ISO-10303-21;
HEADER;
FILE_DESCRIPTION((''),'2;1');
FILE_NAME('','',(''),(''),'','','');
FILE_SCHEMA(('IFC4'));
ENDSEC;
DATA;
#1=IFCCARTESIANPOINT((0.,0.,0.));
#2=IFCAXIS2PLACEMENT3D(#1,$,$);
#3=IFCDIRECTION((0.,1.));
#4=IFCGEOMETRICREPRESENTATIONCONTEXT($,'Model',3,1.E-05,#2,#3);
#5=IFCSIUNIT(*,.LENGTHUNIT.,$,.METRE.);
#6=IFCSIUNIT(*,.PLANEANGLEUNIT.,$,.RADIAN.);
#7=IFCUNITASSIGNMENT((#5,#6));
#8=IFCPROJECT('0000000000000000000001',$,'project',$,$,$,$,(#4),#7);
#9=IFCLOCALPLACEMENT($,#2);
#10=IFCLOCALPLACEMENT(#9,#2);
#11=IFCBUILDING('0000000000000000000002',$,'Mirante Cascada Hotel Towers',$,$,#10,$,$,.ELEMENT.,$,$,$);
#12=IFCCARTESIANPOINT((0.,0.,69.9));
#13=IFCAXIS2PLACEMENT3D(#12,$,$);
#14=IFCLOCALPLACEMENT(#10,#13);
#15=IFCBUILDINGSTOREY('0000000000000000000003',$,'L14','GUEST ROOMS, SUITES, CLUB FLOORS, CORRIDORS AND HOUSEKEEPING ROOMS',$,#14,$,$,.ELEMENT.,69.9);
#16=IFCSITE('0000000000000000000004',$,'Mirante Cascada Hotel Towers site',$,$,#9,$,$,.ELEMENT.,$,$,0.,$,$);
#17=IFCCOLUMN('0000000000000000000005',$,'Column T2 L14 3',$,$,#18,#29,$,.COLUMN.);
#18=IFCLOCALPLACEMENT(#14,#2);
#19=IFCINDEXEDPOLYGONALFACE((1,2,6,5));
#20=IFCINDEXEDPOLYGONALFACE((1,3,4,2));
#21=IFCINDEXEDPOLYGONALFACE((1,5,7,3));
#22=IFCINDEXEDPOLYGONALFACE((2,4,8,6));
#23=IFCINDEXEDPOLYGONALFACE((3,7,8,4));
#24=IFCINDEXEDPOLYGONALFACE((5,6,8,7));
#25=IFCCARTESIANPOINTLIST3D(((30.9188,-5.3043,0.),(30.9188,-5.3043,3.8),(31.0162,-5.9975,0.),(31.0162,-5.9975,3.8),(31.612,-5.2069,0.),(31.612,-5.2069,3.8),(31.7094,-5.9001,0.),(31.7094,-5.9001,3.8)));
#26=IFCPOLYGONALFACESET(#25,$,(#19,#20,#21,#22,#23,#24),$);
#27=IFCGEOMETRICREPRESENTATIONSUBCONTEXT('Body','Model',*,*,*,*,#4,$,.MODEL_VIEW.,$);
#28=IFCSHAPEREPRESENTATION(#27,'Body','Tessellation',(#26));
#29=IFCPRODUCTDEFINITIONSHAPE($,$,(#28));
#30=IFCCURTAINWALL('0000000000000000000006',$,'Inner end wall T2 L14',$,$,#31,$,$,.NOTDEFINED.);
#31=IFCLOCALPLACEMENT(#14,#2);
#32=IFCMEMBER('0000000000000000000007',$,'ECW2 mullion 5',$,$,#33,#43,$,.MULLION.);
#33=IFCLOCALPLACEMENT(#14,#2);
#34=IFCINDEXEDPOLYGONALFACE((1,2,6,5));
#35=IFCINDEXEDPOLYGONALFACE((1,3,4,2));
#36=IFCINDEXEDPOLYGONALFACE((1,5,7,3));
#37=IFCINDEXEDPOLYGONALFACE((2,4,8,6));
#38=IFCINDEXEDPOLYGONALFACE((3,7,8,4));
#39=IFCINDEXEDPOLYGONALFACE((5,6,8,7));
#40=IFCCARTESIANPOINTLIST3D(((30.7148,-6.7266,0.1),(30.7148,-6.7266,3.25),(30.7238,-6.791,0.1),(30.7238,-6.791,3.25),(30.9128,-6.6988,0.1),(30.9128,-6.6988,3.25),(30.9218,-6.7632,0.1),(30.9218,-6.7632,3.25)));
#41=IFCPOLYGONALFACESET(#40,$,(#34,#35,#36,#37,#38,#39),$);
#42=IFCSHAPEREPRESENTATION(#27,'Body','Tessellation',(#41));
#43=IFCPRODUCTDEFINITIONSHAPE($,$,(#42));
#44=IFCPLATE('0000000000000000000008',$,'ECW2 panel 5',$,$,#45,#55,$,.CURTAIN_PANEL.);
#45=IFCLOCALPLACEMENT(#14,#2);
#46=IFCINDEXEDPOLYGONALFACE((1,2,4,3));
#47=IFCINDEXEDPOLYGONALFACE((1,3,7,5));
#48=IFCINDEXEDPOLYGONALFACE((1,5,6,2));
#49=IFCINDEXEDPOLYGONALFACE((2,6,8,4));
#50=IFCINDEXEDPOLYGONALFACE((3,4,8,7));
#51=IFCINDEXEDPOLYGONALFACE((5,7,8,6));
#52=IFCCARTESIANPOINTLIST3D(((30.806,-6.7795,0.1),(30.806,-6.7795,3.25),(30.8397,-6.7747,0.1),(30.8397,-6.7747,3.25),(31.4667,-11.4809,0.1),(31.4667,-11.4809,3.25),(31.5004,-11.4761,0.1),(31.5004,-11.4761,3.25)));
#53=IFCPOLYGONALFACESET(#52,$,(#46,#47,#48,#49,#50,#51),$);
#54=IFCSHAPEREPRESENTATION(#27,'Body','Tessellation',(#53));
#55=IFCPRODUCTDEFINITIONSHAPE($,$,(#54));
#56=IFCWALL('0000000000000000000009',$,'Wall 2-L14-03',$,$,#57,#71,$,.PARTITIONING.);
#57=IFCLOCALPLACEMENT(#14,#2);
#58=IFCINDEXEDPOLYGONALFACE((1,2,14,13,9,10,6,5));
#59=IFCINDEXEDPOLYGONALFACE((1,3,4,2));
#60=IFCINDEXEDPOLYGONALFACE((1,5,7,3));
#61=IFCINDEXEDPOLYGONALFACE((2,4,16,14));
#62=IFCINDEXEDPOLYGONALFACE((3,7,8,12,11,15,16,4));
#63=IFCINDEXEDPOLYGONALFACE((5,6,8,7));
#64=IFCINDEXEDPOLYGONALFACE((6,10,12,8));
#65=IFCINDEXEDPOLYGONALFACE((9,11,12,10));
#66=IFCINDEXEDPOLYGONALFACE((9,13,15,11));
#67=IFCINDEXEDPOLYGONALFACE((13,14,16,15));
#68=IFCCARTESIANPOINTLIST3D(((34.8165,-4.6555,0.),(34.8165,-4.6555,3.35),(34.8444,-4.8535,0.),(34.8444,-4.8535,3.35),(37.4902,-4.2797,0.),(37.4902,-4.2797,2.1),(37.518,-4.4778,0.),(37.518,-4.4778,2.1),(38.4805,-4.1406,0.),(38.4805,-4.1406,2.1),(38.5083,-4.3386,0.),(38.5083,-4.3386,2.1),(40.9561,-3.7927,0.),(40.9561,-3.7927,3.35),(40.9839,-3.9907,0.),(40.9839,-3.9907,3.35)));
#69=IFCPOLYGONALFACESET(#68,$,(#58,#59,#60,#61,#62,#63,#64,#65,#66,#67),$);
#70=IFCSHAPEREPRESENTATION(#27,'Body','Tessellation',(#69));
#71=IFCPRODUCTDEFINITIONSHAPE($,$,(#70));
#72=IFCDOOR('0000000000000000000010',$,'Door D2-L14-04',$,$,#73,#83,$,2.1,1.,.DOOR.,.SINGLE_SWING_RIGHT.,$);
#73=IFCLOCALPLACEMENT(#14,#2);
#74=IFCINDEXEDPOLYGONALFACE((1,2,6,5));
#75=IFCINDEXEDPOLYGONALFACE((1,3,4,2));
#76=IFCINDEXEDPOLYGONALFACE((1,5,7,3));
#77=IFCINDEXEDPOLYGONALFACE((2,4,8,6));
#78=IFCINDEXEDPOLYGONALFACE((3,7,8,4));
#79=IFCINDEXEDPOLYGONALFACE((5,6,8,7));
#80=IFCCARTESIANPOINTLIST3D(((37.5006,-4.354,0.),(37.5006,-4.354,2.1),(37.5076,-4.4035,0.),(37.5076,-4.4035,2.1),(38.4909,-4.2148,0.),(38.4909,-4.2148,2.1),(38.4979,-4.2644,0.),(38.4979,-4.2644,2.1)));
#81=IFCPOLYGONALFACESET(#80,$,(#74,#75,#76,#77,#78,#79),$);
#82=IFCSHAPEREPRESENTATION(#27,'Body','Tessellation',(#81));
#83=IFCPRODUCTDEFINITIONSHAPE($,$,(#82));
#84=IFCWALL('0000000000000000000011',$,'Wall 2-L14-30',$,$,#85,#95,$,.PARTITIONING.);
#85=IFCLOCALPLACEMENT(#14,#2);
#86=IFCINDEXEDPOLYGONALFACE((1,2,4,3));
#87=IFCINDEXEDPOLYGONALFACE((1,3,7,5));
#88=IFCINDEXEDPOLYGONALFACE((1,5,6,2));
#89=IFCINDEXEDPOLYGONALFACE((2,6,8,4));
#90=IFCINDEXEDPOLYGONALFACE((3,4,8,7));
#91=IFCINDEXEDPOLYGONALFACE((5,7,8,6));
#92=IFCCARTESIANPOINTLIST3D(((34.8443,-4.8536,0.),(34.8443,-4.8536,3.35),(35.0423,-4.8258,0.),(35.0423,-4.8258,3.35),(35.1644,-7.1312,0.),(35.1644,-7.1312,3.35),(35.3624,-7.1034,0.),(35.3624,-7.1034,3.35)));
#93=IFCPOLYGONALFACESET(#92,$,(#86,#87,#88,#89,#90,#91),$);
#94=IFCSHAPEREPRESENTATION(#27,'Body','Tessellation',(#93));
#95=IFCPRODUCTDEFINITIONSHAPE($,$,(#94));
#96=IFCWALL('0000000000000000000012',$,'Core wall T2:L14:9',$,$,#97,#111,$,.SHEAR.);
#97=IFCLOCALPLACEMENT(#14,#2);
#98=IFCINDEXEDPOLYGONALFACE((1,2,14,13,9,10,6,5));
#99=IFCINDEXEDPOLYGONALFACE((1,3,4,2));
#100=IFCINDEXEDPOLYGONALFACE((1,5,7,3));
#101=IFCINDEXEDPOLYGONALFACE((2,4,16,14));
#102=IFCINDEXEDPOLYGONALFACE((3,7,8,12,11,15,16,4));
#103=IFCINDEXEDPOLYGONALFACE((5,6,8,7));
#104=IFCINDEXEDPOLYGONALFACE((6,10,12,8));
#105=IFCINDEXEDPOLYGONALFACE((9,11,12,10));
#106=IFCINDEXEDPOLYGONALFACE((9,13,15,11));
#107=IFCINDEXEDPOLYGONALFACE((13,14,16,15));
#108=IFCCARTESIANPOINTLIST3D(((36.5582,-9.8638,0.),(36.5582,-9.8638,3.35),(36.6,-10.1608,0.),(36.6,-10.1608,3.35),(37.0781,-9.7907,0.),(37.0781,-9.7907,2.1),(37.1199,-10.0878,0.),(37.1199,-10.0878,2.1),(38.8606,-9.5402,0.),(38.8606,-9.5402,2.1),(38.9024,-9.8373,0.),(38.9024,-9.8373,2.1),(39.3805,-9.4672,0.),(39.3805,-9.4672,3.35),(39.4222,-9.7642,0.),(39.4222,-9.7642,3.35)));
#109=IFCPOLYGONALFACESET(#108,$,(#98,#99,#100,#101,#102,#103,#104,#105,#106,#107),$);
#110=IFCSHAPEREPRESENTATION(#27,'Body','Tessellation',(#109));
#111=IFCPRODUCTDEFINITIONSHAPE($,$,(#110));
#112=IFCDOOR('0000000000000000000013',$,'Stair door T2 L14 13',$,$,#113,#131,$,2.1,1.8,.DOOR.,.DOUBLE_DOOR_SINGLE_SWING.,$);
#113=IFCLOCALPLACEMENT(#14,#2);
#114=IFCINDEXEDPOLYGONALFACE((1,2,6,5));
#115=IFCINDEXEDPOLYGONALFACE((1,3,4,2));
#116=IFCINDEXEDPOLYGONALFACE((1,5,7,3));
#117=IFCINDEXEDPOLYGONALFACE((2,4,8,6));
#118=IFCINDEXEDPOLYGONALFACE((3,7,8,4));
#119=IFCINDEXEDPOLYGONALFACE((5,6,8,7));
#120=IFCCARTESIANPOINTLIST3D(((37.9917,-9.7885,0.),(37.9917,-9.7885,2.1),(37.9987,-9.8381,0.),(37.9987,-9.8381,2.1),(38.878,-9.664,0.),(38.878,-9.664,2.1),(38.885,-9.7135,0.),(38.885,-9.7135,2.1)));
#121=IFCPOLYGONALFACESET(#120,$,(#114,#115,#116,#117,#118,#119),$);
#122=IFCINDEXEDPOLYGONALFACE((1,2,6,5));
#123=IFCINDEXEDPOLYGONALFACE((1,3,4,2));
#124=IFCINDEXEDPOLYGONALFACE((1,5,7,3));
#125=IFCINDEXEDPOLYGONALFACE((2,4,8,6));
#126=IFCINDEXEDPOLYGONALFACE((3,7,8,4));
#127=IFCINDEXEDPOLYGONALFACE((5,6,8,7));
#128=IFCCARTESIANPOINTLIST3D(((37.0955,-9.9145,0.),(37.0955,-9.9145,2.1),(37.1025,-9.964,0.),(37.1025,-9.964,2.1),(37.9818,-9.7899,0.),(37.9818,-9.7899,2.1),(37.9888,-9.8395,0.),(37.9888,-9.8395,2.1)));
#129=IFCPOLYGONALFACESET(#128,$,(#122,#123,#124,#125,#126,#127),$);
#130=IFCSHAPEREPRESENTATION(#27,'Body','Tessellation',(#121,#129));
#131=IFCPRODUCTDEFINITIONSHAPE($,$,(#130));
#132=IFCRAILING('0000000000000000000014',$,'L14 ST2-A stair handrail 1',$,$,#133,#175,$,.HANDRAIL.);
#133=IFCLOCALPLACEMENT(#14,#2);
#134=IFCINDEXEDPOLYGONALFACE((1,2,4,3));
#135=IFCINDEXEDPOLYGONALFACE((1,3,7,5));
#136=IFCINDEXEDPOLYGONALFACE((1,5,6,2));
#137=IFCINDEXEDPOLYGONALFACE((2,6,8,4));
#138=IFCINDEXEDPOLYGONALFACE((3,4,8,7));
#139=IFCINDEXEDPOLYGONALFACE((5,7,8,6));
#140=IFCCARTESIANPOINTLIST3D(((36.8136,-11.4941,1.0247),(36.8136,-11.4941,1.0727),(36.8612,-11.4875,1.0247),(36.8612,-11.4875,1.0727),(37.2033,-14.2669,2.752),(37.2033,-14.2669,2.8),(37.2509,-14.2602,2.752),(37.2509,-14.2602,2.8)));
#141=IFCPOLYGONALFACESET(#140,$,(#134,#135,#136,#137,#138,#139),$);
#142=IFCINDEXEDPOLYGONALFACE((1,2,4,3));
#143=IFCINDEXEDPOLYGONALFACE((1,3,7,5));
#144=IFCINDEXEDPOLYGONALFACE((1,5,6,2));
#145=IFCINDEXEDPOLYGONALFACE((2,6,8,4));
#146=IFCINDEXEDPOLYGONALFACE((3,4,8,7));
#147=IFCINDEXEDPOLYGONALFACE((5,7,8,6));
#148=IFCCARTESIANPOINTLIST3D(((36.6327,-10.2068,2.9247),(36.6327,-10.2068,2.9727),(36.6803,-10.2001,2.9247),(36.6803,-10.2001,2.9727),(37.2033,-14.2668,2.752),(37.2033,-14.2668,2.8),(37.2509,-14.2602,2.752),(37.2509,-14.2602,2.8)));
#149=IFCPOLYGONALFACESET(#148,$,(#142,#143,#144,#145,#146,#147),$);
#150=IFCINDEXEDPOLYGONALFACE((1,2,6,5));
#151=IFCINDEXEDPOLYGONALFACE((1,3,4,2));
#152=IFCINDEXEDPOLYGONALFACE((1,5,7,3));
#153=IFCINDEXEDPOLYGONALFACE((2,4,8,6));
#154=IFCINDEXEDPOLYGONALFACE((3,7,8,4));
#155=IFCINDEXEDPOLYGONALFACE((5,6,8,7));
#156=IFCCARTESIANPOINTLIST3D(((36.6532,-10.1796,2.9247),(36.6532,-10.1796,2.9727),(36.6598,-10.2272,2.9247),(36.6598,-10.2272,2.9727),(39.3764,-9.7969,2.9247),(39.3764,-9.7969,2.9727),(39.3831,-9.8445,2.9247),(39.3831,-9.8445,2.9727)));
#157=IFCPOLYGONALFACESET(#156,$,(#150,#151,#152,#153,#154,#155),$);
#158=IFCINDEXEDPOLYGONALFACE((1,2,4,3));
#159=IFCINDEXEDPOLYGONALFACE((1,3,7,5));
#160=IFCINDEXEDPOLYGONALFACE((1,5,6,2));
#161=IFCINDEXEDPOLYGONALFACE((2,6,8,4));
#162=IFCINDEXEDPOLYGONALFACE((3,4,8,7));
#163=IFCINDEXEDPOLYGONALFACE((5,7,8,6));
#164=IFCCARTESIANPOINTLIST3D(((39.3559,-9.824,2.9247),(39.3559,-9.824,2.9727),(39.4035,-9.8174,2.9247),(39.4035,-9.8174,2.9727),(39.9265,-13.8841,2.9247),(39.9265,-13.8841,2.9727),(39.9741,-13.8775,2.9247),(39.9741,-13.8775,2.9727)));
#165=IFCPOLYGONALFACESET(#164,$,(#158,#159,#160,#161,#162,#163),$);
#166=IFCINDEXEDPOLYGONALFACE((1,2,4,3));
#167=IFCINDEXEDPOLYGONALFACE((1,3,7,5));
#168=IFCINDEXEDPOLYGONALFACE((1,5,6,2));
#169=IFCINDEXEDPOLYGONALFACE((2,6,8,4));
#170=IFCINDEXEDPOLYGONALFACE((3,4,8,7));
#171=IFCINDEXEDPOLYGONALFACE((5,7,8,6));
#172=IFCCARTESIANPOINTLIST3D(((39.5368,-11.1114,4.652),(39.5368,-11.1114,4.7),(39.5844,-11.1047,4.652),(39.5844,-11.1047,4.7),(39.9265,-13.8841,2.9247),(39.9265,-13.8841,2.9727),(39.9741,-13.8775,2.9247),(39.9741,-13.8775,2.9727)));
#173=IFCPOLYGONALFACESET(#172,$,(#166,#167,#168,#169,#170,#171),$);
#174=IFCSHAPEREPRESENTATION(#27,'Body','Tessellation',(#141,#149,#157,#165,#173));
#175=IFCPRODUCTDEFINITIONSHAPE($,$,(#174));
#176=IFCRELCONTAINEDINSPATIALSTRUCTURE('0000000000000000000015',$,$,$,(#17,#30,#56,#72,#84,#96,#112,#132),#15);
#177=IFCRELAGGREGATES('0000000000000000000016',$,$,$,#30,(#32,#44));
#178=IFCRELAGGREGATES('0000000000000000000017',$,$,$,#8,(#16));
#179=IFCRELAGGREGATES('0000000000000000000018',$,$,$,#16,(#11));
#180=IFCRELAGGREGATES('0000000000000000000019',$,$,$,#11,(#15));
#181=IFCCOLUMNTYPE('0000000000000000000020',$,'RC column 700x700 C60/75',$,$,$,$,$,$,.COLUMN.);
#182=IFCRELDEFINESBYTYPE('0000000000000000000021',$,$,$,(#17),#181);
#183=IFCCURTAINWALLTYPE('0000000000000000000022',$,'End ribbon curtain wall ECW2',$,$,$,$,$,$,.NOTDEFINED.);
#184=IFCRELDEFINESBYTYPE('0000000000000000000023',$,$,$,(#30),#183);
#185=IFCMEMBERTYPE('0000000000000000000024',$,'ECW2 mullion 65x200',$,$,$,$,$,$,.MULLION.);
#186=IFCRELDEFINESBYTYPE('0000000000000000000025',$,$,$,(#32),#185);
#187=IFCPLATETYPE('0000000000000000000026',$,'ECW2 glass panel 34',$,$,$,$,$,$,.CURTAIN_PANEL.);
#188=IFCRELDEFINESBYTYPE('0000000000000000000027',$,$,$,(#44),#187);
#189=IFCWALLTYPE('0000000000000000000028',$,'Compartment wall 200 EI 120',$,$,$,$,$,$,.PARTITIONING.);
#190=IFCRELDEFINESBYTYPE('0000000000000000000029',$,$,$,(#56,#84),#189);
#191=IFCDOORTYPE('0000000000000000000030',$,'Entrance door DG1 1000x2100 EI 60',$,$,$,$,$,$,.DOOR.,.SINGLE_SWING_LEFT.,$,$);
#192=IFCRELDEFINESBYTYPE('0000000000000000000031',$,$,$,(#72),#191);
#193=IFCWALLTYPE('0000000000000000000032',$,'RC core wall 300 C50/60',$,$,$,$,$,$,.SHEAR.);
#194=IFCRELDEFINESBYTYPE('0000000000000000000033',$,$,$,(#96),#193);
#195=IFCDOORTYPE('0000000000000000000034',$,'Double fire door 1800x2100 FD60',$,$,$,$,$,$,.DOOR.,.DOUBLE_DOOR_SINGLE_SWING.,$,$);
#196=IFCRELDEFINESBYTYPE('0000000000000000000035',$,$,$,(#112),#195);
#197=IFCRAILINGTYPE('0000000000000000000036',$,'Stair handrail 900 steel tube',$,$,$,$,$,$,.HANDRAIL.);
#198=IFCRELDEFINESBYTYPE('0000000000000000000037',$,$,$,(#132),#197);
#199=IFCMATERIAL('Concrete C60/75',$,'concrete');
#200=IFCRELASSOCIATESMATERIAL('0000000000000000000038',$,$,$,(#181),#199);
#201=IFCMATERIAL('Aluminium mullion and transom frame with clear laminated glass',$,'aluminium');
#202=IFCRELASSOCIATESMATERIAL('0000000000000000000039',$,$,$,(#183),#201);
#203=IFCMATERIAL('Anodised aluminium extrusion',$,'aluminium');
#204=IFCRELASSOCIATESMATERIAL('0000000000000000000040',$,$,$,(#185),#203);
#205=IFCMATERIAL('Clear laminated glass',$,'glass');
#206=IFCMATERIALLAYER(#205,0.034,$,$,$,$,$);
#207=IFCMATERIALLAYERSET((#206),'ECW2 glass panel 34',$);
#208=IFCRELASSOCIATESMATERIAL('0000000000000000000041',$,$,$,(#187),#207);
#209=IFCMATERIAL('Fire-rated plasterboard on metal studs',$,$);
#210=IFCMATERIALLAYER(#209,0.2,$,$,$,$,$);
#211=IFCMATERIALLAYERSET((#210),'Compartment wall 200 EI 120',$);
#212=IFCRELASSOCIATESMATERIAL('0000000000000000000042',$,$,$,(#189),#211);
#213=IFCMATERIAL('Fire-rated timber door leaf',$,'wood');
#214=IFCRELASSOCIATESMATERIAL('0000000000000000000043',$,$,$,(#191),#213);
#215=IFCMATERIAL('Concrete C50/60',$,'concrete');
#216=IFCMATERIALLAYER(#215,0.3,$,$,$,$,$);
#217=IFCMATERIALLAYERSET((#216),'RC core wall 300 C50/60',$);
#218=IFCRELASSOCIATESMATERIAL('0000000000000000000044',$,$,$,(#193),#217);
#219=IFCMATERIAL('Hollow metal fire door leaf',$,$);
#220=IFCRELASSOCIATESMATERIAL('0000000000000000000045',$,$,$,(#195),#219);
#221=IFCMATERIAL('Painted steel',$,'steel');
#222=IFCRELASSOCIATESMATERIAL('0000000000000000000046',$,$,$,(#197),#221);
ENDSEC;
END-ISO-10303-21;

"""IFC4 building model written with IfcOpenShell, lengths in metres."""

from ifc_helpers import new_model, si_unit, direction, frame, frame_2d, origin, origin_2d, place, context, subcontext, project, spatial, rectangle, extrude, material, layer, layer_set, material_profile, profile_set, type_object, element, fill, aggregate, save


model = new_model("IFC4")

# Units and contexts
model_context = context("Model", 3, precision=1e-05, world=origin(), true_north=direction((0.0, 1.0)))
body_context = subcontext(model_context, "Body", "Model", "MODEL_VIEW")
ifc_project = project(units=[si_unit("LENGTHUNIT", "METRE"), si_unit("PLANEANGLEUNIT", "RADIAN")], contexts=[model_context])

# Site, building, storey
site_placement = place(None, origin())
site = spatial("IfcSite", under=ifc_project, at=site_placement, Name="Mirante Cascada Hotel Towers site", CompositionType="ELEMENT", RefElevation=0.0)
building_placement = place(site_placement, origin())
building = spatial("IfcBuilding", under=site, at=building_placement, Name="Mirante Cascada Hotel Towers", CompositionType="ELEMENT")
storey_placement = place(building_placement, frame((0.0, 0.0, 69.9)))
storey = spatial("IfcBuildingStorey", under=building, at=storey_placement, Name="L14", Description="GUEST ROOMS, SUITES, CLUB FLOORS, CORRIDORS AND HOUSEKEEPING ROOMS", CompositionType="ELEMENT", Elevation=69.9)

# Column
ifc_material_1 = material(Name="Concrete C60/75", Category="concrete")
ifc_material_profile_1 = material_profile(ifc_material_1, rectangle(XDim=0.7, YDim=0.7, at=origin_2d()), Name="RC column 700x700 C60/75")
ifc_profile_set_1 = profile_set([ifc_material_profile_1], Name="Concrete C60/75")
column_type = type_object("IfcColumnType", Name="RC column 700x700 C60/75", PredefinedType="COLUMN", material=ifc_profile_set_1)
column_placement = place(storey_placement, frame((31.3141, -5.6022, 0.0), z_axis=(0.0, 0.0, 1.0), x_axis=(0.990268, 0.139173, 0.0)))
element("IfcColumn", 1, at=column_placement, inside=storey, type_object=column_type, Name="Column T2 L14 3", PredefinedType="COLUMN", context=body_context, shape_type="SweptSolid", body=[
    extrude(rectangle(XDim=0.7, YDim=0.7, at=origin_2d()), origin(), (0.0, 0.0, 1.0), 3.8),
])

# Curtain wall, member, plate
ifc_material_2 = material(Name="Aluminium mullion and transom frame with clear laminated glass", Category="aluminium")
curtain_wall_type = type_object("IfcCurtainWallType", Name="End ribbon curtain wall ECW2", PredefinedType="NOTDEFINED", material=ifc_material_2)
curtain_wall_placement = place(storey_placement, origin())
curtain_wall = element("IfcCurtainWall", 2, at=curtain_wall_placement, inside=storey, type_object=curtain_wall_type, Name="Inner end wall T2 L14", PredefinedType="NOTDEFINED")
ifc_material_3 = material(Name="Anodised aluminium extrusion", Category="aluminium")
ifc_material_profile_2 = material_profile(ifc_material_3, rectangle(XDim=0.2, YDim=0.065, at=origin_2d()), Name="ECW2 MULLION 65x200")
ifc_profile_set_2 = profile_set([ifc_material_profile_2], Name="Anodised aluminium extrusion")
member_type = type_object("IfcMemberType", Name="ECW2 mullion 65x200", PredefinedType="MULLION", material=ifc_profile_set_2)
member_placement = place(storey_placement, frame((30.8183, -6.7449, 0.1), z_axis=(0.0, 0.0, 1.0), x_axis=(0.990268, 0.139173, 0.0)))
member = element("IfcMember", 3, at=member_placement, type_object=member_type, Name="ECW2 mullion 5", PredefinedType="MULLION", context=body_context, shape_type="SweptSolid", body=[
    extrude(rectangle(XDim=0.2, YDim=0.065, at=origin_2d()), origin(), (0.0, 0.0, 1.0), 3.15),
])
ifc_material_4 = material(Name="Clear laminated glass", Category="glass")
ifc_layer_1 = layer(ifc_material_4, 0.034)
ifc_layer_set_1 = layer_set([ifc_layer_1], Name="ECW2 glass panel 34")
plate_type = type_object("IfcPlateType", Name="ECW2 glass panel 34", PredefinedType="CURTAIN_PANEL", material=ifc_layer_set_1)
plate_placement = place(storey_placement, frame((31.1532, -9.1278, 0.1), z_axis=(0.0, 0.0, 1.0), x_axis=(0.139173, -0.990268, 0.0)))
plate = element("IfcPlate", 4, at=plate_placement, type_object=plate_type, Name="ECW2 panel 5", PredefinedType="CURTAIN_PANEL", context=body_context, shape_type="SweptSolid", body=[
    extrude(rectangle(XDim=4.7476, YDim=0.034, at=origin_2d()), origin(), (0.0, 0.0, 1.0), 3.15),
])
aggregate(curtain_wall, [member, plate])

# Wall, opening, door
ifc_material_5 = material(Name="Fire-rated plasterboard on metal studs")
ifc_layer_2 = layer(ifc_material_5, 0.2)
ifc_layer_set_2 = layer_set([ifc_layer_2], Name="Compartment wall 200 EI 120")
wall_type_1 = type_object("IfcWallType", Name="Compartment wall 200 EI 120", PredefinedType="PARTITIONING", material=ifc_layer_set_2)
wall_1_placement = place(storey_placement, frame((34.8304, -4.7545, 0.0), z_axis=(0.0, 0.0, 1.0), x_axis=(0.99027, 0.139163, 0.0)))
wall_1 = element("IfcWall", 5, at=wall_1_placement, inside=storey, type_object=wall_type_1, Name="Wall 2-L14-03", PredefinedType="PARTITIONING", context=body_context, shape_type="SweptSolid", body=[
    extrude(rectangle(XDim=6.1999, YDim=0.2, at=frame_2d((3.1, 0.0))), origin(), (0.0, 0.0, 1.0), 3.35),
])
opening_1_placement = place(wall_1_placement, frame((2.7, 0.0, 0.0)))
opening_1 = element("IfcOpeningElement", 6, at=opening_1_placement, cuts=wall_1, PredefinedType="OPENING", context=body_context, shape_type="SweptSolid", body=[
    extrude(rectangle(XDim=1.0, YDim=2.1, at=frame_2d((0.5, 1.05))), frame((0.0, 0.1, 0.0), z_axis=(0.0, -1.0, 0.0), x_axis=(1.0, 0.0, 0.0)), (0.0, 0.0, 1.0), 0.2),
])
ifc_material_6 = material(Name="Fire-rated timber door leaf", Category="wood")
door_type_1 = type_object("IfcDoorType", Name="Entrance door DG1 1000x2100 EI 60", OperationType="SINGLE_SWING_LEFT", PredefinedType="DOOR", material=ifc_material_6)
door_1_placement = place(opening_1_placement, frame((1.0, 0.0, 0.0), z_axis=(0.0, 0.0, 1.0), x_axis=(-1.0, 0.0, 0.0)))
door_1 = element("IfcDoor", 7, at=door_1_placement, inside=storey, type_object=door_type_1, Name="Door D2-L14-04", OperationType="SINGLE_SWING_RIGHT", OverallHeight=2.1, OverallWidth=1.0, PredefinedType="DOOR", context=body_context, shape_type="SweptSolid", body=[
    extrude(rectangle(XDim=1.0, YDim=2.1, at=frame_2d((0.5, 1.05))), frame((0.0, 0.025, 0.0), z_axis=(0.0, -1.0, 0.0), x_axis=(1.0, 0.0, 0.0)), (0.0, 0.0, 1.0), 0.05),
])
fill(opening_1, door_1)

# Wall
wall_2_placement = place(storey_placement, frame((34.9433, -4.8397, 0.0), z_axis=(0.0, 0.0, 1.0), x_axis=(0.139175, -0.990268, 0.0)))
element("IfcWall", 8, at=wall_2_placement, inside=storey, type_object=wall_type_1, Name="Wall 2-L14-30", PredefinedType="PARTITIONING", context=body_context, shape_type="SweptSolid", body=[
    extrude(rectangle(XDim=2.3, YDim=0.2, at=frame_2d((1.15, 0.0))), origin(), (0.0, 0.0, 1.0), 3.35),
])

# Wall, opening, door
ifc_material_7 = material(Name="Concrete C50/60", Category="concrete")
ifc_layer_3 = layer(ifc_material_7, 0.3)
ifc_layer_set_3 = layer_set([ifc_layer_3], Name="RC core wall 300 C50/60")
wall_type_2 = type_object("IfcWallType", Name="RC core wall 300 C50/60", PredefinedType="SHEAR", material=ifc_layer_set_3)
wall_3_placement = place(storey_placement, frame((36.5791, -10.0123, 0.0), z_axis=(0.0, 0.0, 1.0), x_axis=(0.99027, 0.139156, 0.0)))
wall_3 = element("IfcWall", 9, at=wall_3_placement, inside=storey, type_object=wall_type_2, Name="Core wall T2:L14:9", PredefinedType="SHEAR", context=body_context, shape_type="SweptSolid", body=[
    extrude(rectangle(XDim=2.85, YDim=0.3, at=frame_2d((1.425, 0.0))), origin(), (0.0, 0.0, 1.0), 3.35),
])
opening_2_placement = place(wall_3_placement, frame((0.525, 0.0, 0.0)))
opening_2 = element("IfcOpeningElement", 10, at=opening_2_placement, cuts=wall_3, PredefinedType="OPENING", context=body_context, shape_type="SweptSolid", body=[
    extrude(rectangle(XDim=1.8, YDim=2.1, at=frame_2d((0.9, 1.05))), frame((0.0, 0.15, 0.0), z_axis=(0.0, -1.0, 0.0), x_axis=(1.0, 0.0, 0.0)), (0.0, 0.0, 1.0), 0.3),
])
ifc_material_8 = material(Name="Hollow metal fire door leaf")
door_type_2 = type_object("IfcDoorType", Name="Double fire door 1800x2100 FD60", OperationType="DOUBLE_DOOR_SINGLE_SWING", PredefinedType="DOOR", material=ifc_material_8)
door_2_placement = place(opening_2_placement, frame((1.8, 0.0, 0.0), z_axis=(0.0, 0.0, 1.0), x_axis=(-1.0, 0.0, 0.0)))
door_2 = element("IfcDoor", 11, at=door_2_placement, inside=storey, type_object=door_type_2, Name="Stair door T2 L14 13", OperationType="DOUBLE_DOOR_SINGLE_SWING", OverallHeight=2.1, OverallWidth=1.8, PredefinedType="DOOR", context=body_context, shape_type="SweptSolid", body=[
    extrude(rectangle(XDim=0.895, YDim=2.1, at=frame_2d((0.4475, 1.05))), frame((0.0, 0.025, 0.0), z_axis=(0.0, -1.0, 0.0), x_axis=(1.0, 0.0, 0.0)), (0.0, 0.0, 1.0), 0.05),
    extrude(rectangle(XDim=0.895, YDim=2.1, at=frame_2d((1.3525, 1.05))), frame((0.0, 0.025, 0.0), z_axis=(0.0, -1.0, 0.0), x_axis=(1.0, 0.0, 0.0)), (0.0, 0.0, 1.0), 0.05),
])
fill(opening_2, door_2)

# Railing
ifc_material_9 = material(Name="Painted steel", Category="steel")
railing_type = type_object("IfcRailingType", Name="Stair handrail 900 steel tube", PredefinedType="HANDRAIL", material=ifc_material_9)
railing_placement = place(storey_placement, frame((36.8374, -11.4908, 0.1727)))
element("IfcRailing", 12, at=railing_placement, inside=storey, type_object=railing_type, Name="L14 ST2-A stair handrail 1", PredefinedType="HANDRAIL", context=body_context, shape_type="SweptSolid", body=[
    extrude(rectangle(XDim=0.048, YDim=0.048, at=origin_2d()), frame((0.0, 0.0, 0.876), z_axis=(0.139181, -0.990267, 0.0), x_axis=(0.990267, 0.139181, 0.0)), (0.0, 0.525035, 0.851081), 3.2899),
    extrude(rectangle(XDim=0.048, YDim=0.048, at=origin_2d()), frame((0.3897, -2.7727, 2.6033), z_axis=(-0.139171, 0.990268, 0.0), x_axis=(-0.990268, -0.139171, 0.0)), (0.0, 0.042085, 0.999114), 4.1036),
    extrude(rectangle(XDim=0.048, YDim=0.048, at=origin_2d()), frame((-0.1809, 1.2874, 2.776), z_axis=(0.990269, 0.139166, 0.0), x_axis=(-0.139166, 0.990269, 0.0)), (0.0, 0.0, 1.0), 2.75),
    extrude(rectangle(XDim=0.048, YDim=0.048, at=origin_2d()), frame((2.5423, 1.6701, 2.776), z_axis=(0.139171, -0.990268, 0.0), x_axis=(0.990268, 0.139171, 0.0)), (0.0, 0.0, 1.0), 4.1),
    extrude(rectangle(XDim=0.048, YDim=0.048, at=origin_2d()), frame((3.1129, -2.39, 2.776), z_axis=(-0.139181, 0.990267, 0.0), x_axis=(-0.990267, -0.139181, 0.0)), (0.0, 0.525035, 0.851081), 3.2899),
])

save(model, "model.ifc")
